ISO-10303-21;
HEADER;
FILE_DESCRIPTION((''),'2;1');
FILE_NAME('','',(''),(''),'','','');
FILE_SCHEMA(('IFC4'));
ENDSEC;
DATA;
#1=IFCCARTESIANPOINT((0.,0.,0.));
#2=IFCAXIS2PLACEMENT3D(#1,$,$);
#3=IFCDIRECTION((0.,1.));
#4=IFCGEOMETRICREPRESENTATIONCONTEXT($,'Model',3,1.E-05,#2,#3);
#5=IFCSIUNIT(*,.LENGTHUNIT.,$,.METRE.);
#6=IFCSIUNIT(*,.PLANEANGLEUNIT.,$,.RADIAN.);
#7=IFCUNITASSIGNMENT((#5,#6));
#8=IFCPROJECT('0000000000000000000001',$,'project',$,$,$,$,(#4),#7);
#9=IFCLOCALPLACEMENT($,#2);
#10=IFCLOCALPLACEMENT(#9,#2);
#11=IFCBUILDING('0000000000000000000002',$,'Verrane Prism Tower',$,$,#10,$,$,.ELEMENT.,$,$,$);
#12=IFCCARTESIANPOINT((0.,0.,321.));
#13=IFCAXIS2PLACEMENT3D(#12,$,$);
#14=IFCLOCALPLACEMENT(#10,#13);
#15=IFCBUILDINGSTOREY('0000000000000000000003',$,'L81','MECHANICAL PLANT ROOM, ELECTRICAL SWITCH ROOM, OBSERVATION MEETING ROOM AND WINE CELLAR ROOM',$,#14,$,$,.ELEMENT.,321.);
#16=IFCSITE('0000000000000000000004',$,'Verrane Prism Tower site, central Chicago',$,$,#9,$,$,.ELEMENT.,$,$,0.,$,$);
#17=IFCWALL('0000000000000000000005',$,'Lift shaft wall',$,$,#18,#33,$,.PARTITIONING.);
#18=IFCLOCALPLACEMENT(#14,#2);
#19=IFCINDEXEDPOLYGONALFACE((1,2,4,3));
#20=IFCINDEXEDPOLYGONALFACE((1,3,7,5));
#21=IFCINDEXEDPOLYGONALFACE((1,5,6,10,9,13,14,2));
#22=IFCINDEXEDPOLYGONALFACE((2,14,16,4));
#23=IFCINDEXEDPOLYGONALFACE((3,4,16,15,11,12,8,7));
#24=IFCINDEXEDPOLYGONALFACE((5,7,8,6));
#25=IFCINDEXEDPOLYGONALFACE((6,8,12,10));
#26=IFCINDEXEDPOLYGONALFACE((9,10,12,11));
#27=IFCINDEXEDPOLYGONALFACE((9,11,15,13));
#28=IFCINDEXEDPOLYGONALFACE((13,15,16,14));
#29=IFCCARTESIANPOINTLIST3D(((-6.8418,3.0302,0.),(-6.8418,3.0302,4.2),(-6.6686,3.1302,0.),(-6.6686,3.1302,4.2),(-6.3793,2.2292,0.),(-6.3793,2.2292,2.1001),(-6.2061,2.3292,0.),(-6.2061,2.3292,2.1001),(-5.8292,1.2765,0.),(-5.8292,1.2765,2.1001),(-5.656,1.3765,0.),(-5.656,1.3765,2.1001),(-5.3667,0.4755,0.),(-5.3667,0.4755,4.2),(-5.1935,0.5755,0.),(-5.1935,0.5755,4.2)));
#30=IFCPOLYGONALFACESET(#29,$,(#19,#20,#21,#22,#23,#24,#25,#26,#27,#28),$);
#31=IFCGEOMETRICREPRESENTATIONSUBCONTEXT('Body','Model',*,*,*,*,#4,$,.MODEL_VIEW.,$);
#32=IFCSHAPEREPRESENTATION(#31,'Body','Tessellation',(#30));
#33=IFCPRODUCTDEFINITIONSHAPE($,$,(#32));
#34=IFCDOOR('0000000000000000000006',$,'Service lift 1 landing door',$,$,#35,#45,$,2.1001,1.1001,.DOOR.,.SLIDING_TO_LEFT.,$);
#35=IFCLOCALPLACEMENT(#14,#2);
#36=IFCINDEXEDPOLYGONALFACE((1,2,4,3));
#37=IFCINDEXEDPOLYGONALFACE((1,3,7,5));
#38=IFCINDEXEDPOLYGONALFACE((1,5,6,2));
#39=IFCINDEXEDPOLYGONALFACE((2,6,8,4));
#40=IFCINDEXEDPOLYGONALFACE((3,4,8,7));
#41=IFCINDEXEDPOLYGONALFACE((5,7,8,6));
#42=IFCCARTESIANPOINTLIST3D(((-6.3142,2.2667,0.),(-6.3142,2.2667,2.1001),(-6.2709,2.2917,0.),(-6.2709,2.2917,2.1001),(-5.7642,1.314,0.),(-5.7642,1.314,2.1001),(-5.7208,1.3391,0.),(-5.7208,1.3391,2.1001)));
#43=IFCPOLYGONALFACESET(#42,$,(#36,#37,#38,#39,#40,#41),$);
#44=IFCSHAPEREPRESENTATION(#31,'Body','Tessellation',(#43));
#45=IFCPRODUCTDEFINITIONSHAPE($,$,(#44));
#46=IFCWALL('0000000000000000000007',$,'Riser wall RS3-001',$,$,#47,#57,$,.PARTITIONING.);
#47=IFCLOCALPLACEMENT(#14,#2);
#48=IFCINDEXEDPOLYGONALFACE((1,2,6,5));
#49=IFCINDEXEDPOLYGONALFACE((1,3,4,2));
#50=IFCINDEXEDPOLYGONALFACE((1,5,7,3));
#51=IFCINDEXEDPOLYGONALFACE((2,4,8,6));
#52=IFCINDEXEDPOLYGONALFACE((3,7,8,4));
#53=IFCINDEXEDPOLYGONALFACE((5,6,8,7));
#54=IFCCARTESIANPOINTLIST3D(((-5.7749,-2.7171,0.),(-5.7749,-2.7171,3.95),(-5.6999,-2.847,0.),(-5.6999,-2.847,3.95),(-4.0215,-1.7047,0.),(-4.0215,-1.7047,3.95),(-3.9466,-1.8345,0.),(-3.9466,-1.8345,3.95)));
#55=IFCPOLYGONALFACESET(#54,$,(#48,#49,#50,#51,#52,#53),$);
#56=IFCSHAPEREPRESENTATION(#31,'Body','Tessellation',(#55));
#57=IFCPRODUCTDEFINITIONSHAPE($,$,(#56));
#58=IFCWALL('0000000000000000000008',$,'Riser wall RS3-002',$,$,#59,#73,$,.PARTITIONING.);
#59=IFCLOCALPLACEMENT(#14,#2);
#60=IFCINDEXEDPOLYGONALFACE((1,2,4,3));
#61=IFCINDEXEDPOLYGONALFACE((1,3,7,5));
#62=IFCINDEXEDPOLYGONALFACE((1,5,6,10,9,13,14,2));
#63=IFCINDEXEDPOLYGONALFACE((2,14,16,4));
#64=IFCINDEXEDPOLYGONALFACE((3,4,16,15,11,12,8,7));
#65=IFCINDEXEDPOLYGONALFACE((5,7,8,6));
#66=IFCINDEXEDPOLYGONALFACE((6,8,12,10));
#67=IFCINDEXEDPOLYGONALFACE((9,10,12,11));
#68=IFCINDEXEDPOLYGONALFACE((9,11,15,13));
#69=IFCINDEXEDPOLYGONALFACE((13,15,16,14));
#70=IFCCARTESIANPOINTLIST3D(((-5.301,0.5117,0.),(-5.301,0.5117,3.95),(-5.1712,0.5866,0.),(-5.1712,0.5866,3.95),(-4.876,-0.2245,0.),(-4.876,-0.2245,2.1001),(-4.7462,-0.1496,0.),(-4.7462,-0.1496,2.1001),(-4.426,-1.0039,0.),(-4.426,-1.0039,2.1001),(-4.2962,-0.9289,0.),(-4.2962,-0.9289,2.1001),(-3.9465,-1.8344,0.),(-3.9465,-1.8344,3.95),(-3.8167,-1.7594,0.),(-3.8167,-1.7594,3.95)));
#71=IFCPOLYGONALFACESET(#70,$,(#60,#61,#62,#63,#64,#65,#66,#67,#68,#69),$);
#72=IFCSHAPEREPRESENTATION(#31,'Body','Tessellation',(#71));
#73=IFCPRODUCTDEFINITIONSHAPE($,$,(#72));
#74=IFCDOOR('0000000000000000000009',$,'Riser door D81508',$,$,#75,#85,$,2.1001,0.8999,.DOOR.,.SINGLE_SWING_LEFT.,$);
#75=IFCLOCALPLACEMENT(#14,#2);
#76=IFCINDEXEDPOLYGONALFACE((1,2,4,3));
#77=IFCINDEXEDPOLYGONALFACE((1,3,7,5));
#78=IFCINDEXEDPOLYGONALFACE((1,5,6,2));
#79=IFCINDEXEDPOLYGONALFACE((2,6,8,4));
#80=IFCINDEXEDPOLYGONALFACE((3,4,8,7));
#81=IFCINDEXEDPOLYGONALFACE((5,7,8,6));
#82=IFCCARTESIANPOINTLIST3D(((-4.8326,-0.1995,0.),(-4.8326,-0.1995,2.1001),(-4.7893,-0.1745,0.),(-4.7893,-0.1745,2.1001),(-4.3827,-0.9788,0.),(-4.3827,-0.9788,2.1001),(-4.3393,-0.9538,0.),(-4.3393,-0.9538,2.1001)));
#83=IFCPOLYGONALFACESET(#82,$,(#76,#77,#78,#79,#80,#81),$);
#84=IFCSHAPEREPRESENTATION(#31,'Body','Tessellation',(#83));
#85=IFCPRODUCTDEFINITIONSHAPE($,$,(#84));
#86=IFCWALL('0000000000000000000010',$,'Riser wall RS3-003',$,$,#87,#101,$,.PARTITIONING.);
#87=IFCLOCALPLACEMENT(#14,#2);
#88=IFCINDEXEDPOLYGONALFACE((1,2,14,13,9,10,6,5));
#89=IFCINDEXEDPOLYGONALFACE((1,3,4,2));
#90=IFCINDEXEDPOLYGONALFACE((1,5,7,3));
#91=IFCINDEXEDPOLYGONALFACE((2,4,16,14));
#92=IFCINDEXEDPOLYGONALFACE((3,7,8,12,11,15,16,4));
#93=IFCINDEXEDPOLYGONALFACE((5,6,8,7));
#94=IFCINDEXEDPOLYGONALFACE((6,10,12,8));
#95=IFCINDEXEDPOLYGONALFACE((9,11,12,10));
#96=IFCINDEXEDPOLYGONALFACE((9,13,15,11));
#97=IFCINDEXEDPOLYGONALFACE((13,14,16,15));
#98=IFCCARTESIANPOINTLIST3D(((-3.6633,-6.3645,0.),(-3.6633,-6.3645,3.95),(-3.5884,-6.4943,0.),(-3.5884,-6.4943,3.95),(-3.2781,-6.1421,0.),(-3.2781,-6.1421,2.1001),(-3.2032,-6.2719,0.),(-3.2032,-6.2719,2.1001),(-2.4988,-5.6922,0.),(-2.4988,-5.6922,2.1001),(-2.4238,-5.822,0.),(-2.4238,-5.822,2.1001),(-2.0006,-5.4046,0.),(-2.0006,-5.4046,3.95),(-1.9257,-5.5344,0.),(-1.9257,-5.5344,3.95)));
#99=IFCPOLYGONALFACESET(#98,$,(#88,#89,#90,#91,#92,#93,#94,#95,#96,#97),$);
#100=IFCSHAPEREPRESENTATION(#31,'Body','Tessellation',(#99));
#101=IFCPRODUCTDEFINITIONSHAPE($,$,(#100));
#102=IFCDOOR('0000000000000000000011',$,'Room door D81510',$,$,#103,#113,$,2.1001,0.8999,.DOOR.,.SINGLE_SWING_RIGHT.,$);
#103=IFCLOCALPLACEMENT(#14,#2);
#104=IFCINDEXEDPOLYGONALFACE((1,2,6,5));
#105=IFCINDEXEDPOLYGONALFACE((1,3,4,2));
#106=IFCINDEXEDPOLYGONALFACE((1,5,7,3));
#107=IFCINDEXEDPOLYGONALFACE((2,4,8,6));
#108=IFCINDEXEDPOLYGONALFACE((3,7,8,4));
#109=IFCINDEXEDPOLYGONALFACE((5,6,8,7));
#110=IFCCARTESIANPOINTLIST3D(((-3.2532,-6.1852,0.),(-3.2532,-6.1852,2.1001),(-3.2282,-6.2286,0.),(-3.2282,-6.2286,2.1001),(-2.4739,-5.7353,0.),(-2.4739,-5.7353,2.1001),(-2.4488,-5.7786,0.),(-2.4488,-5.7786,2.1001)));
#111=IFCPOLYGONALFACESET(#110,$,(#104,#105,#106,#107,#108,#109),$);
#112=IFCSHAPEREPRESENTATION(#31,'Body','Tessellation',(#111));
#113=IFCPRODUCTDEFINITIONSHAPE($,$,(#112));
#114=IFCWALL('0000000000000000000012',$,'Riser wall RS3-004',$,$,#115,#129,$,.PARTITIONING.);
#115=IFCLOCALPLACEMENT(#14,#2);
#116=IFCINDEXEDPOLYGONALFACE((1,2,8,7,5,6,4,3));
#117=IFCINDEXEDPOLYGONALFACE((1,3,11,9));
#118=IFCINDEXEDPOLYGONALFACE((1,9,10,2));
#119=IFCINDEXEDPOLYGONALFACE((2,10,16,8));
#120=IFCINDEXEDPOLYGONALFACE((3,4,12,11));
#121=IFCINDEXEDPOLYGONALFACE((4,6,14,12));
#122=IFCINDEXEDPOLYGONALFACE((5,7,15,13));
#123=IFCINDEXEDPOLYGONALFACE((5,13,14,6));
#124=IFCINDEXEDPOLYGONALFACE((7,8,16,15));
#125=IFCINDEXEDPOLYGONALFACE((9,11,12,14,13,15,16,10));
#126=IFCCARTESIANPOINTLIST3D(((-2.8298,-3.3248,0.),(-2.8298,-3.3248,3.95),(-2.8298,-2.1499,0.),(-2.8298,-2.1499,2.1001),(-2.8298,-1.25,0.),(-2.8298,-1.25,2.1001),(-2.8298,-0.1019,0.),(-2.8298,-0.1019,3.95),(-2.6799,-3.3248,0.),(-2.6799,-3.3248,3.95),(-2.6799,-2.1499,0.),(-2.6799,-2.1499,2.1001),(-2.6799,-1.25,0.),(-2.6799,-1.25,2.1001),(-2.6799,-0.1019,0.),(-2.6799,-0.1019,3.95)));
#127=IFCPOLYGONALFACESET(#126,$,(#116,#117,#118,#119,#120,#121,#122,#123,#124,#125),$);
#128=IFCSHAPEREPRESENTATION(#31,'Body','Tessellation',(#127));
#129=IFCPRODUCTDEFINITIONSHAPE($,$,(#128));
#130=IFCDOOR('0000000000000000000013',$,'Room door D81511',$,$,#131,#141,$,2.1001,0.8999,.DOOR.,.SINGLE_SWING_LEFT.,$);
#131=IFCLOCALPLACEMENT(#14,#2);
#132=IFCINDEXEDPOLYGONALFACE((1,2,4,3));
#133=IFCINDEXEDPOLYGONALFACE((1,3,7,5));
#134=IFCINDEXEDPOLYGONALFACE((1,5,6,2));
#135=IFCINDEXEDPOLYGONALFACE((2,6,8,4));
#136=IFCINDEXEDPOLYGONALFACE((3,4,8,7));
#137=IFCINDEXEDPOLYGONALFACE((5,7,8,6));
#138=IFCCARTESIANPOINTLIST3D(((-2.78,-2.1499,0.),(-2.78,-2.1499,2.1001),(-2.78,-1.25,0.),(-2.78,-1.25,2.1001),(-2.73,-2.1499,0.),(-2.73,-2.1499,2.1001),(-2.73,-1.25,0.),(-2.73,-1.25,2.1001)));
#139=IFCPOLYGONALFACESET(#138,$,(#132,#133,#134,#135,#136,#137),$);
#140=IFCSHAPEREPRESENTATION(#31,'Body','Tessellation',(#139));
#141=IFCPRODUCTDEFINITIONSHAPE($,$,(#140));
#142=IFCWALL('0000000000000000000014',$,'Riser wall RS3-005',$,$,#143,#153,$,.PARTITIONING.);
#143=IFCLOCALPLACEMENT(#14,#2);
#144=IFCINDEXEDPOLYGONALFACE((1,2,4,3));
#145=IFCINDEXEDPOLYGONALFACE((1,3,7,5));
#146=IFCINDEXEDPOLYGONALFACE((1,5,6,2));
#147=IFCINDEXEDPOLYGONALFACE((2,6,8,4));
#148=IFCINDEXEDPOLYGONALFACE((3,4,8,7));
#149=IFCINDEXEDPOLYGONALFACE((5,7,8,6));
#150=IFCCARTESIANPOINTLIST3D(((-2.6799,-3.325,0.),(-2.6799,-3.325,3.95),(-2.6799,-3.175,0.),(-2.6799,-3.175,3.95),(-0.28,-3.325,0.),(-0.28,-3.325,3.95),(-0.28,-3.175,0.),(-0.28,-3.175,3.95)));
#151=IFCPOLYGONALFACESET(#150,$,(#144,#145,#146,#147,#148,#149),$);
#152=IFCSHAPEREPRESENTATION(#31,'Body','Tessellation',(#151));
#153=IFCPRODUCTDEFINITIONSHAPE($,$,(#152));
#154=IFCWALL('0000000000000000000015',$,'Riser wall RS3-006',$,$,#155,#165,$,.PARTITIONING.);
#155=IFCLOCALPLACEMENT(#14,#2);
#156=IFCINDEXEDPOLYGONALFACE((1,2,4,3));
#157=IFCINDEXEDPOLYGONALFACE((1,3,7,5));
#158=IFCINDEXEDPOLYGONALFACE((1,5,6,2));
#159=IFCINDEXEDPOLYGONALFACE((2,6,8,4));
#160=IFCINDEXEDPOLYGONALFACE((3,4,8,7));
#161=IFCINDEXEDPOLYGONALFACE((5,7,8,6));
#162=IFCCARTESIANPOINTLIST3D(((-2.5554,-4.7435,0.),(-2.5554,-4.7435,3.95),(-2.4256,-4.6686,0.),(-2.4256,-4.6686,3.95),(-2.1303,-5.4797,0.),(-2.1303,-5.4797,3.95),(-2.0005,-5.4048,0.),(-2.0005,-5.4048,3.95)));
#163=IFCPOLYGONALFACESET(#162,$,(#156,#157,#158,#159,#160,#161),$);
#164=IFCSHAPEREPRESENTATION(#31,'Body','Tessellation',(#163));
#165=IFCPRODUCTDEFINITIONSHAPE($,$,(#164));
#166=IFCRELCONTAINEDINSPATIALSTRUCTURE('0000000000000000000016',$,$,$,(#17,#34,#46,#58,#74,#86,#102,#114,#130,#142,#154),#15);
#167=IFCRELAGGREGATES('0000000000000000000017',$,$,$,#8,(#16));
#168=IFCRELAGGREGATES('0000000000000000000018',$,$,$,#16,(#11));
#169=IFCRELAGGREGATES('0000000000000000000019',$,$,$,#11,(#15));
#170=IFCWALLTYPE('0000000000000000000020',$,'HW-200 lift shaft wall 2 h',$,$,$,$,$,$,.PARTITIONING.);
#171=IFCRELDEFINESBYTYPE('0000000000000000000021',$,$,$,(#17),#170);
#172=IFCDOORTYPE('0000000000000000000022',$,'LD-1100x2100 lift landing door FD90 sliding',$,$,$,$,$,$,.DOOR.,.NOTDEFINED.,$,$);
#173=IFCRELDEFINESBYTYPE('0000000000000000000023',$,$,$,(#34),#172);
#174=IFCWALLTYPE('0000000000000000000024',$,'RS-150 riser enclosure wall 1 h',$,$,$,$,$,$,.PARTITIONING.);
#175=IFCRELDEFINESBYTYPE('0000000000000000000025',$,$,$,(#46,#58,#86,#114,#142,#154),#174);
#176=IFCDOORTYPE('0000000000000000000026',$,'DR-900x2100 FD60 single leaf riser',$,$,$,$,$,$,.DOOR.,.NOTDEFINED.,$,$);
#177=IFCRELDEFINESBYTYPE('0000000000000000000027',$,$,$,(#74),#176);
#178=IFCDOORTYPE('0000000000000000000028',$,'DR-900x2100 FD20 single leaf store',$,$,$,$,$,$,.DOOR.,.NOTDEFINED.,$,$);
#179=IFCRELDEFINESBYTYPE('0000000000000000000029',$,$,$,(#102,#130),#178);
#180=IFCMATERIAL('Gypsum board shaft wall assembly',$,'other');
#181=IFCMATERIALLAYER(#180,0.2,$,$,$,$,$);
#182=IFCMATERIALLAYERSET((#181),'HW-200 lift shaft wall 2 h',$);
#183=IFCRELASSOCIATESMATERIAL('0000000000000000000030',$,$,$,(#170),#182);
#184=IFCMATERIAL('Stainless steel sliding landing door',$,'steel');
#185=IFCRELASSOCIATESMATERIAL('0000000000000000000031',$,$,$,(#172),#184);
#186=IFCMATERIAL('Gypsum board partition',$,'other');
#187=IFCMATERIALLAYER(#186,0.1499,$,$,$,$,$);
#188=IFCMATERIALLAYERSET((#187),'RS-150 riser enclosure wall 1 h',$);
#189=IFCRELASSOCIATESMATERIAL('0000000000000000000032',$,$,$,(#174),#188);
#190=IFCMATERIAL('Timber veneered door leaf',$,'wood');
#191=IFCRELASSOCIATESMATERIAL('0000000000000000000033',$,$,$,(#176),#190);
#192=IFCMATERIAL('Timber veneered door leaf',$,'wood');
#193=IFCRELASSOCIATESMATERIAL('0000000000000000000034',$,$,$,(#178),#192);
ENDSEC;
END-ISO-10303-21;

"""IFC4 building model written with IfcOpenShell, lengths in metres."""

from ifc_helpers import new_model, si_unit, direction, frame, frame_2d, origin, place, context, subcontext, project, spatial, rectangle, extrude, material, layer, layer_set, type_object, element, fill, save


model = new_model("IFC4")

# Units and contexts
model_context = context("Model", 3, precision=1e-05, world=origin(), true_north=direction((0.0, 1.0)))
body_context = subcontext(model_context, "Body", "Model", "MODEL_VIEW")
ifc_project = project(units=[si_unit("LENGTHUNIT", "METRE"), si_unit("PLANEANGLEUNIT", "RADIAN")], contexts=[model_context])

# Site, building, storey
site_placement = place(None, origin())
site = spatial("IfcSite", under=ifc_project, at=site_placement, Name="Verrane Prism Tower site, central Chicago", CompositionType="ELEMENT", RefElevation=0.0)
building_placement = place(site_placement, origin())
building = spatial("IfcBuilding", under=site, at=building_placement, Name="Verrane Prism Tower", CompositionType="ELEMENT")
storey_placement = place(building_placement, frame((0.0, 0.0, 321.0)))
storey = spatial("IfcBuildingStorey", under=building, at=storey_placement, Name="L81", Description="MECHANICAL PLANT ROOM, ELECTRICAL SWITCH ROOM, OBSERVATION MEETING ROOM AND WINE CELLAR ROOM", CompositionType="ELEMENT", Elevation=321.0)

# Shared definitions
ifc_material_1 = material(Name="Gypsum board shaft wall assembly", Category="other")
ifc_layer_1 = layer(ifc_material_1, 0.2)
ifc_layer_set_1 = layer_set([ifc_layer_1], Name="HW-200 lift shaft wall 2 h")
wall_type_1 = type_object("IfcWallType", Name="HW-200 lift shaft wall 2 h", PredefinedType="PARTITIONING", material=ifc_layer_set_1)

# Wall, opening, door
wall_1_placement = place(storey_placement, frame((-5.28, 0.5254, 0.0), z_axis=(0.0, 0.0, 1.0), x_axis=(-0.500038, 0.866004, 0.0)))
wall_1 = element("IfcWall", 1, at=wall_1_placement, inside=storey, type_object=wall_type_1, Name="Lift shaft wall", PredefinedType="PARTITIONING", context=body_context, shape_type="SweptSolid", body=[
    extrude(rectangle(XDim=2.95, YDim=0.2, at=frame_2d((1.4751, 0.0))), origin(), (0.0, 0.0, 1.0), 4.2),
])
opening_1_placement = place(wall_1_placement, frame((0.925, 0.0, 0.0)))
opening_1 = element("IfcOpeningElement", 2, at=opening_1_placement, cuts=wall_1, PredefinedType="OPENING", context=body_context, shape_type="SweptSolid", body=[
    extrude(rectangle(XDim=1.1001, YDim=2.1001, at=frame_2d((0.55, 1.05))), frame((0.0, 0.1099, 0.0), z_axis=(0.0, -1.0, 0.0), x_axis=(1.0, 0.0, 0.0)), (0.0, 0.0, 1.0), 0.22),
])
ifc_material_2 = material(Name="Stainless steel sliding landing door", Category="steel")
door_type_1 = type_object("IfcDoorType", Name="LD-1100x2100 lift landing door FD90 sliding", OperationType="NOTDEFINED", PredefinedType="DOOR", material=ifc_material_2)
door_1_placement = place(opening_1_placement, origin())
door_1 = element("IfcDoor", 3, at=door_1_placement, inside=storey, type_object=door_type_1, Name="Service lift 1 landing door", OperationType="SLIDING_TO_LEFT", OverallHeight=2.1001, OverallWidth=1.1001, PredefinedType="DOOR", context=body_context, shape_type="SweptSolid", body=[
    extrude(rectangle(XDim=1.1001, YDim=2.1001, at=frame_2d((0.55, 1.05))), frame((0.0, 0.0249, 0.0), z_axis=(0.0, -1.0, 0.0), x_axis=(1.0, 0.0, 0.0)), (0.0, 0.0, 1.0), 0.05),
])
fill(opening_1, door_1)

# Wall
ifc_material_3 = material(Name="Gypsum board partition", Category="other")
ifc_layer_2 = layer(ifc_material_3, 0.1499)
ifc_layer_set_2 = layer_set([ifc_layer_2], Name="RS-150 riser enclosure wall 1 h")
wall_type_2 = type_object("IfcWallType", Name="RS-150 riser enclosure wall 1 h", PredefinedType="PARTITIONING", material=ifc_layer_set_2)
wall_2_placement = place(storey_placement, frame((-5.7373, -2.782, 0.0), z_axis=(0.0, 0.0, 1.0), x_axis=(0.866001, 0.500043, 0.0)))
element("IfcWall", 4, at=wall_2_placement, inside=storey, type_object=wall_type_2, Name="Riser wall RS3-001", PredefinedType="PARTITIONING", context=body_context, shape_type="SweptSolid", body=[
    extrude(rectangle(XDim=2.0247, YDim=0.1499, at=frame_2d((1.0122, 0.0))), origin(), (0.0, 0.0, 1.0), 3.95),
])

# Walls, openings, doors
wall_3_placement = place(storey_placement, frame((-3.8816, -1.7969, 0.0), z_axis=(0.0, 0.0, 1.0), x_axis=(-0.500016, 0.866016, 0.0)))
wall_3 = element("IfcWall", 5, at=wall_3_placement, inside=storey, type_object=wall_type_2, Name="Riser wall RS3-002", PredefinedType="PARTITIONING", context=body_context, shape_type="SweptSolid", body=[
    extrude(rectangle(XDim=2.709, YDim=0.1499, at=frame_2d((1.3545, 0.0))), origin(), (0.0, 0.0, 1.0), 3.95),
])
opening_2_placement = place(wall_3_placement, frame((0.959, 0.0, 0.0)))
opening_2 = element("IfcOpeningElement", 6, at=opening_2_placement, cuts=wall_3, PredefinedType="OPENING", context=body_context, shape_type="SweptSolid", body=[
    extrude(rectangle(XDim=0.8999, YDim=2.1001, at=frame_2d((0.45, 1.05))), frame((0.0, 0.085, 0.0), z_axis=(0.0, -1.0, 0.0), x_axis=(1.0, 0.0, 0.0)), (0.0, 0.0, 1.0), 0.1699),
])
ifc_material_4 = material(Name="Timber veneered door leaf", Category="wood")
door_type_2 = type_object("IfcDoorType", Name="DR-900x2100 FD60 single leaf riser", OperationType="NOTDEFINED", PredefinedType="DOOR", material=ifc_material_4)
door_2_placement = place(opening_2_placement, origin())
door_2 = element("IfcDoor", 7, at=door_2_placement, inside=storey, type_object=door_type_2, Name="Riser door D81508", OperationType="SINGLE_SWING_LEFT", OverallHeight=2.1001, OverallWidth=0.8999, PredefinedType="DOOR", context=body_context, shape_type="SweptSolid", body=[
    extrude(rectangle(XDim=0.8999, YDim=2.1001, at=frame_2d((0.45, 1.05))), frame((0.0, 0.0249, 0.0), z_axis=(0.0, -1.0, 0.0), x_axis=(1.0, 0.0, 0.0)), (0.0, 0.0, 1.0), 0.05),
])
fill(opening_2, door_2)
wall_4_placement = place(storey_placement, frame((-1.9631, -5.4695, 0.0), z_axis=(0.0, 0.0, 1.0), x_axis=(-0.866044, -0.499968, 0.0)))
wall_4 = element("IfcWall", 8, at=wall_4_placement, inside=storey, type_object=wall_type_2, Name="Riser wall RS3-003", PredefinedType="PARTITIONING", context=body_context, shape_type="SweptSolid", body=[
    extrude(rectangle(XDim=1.9199, YDim=0.1499, at=frame_2d((0.96, 0.0))), origin(), (0.0, 0.0, 1.0), 3.95),
])
opening_3_placement = place(wall_4_placement, frame((0.5752, 0.0, 0.0)))
opening_3 = element("IfcOpeningElement", 9, at=opening_3_placement, cuts=wall_4, PredefinedType="OPENING", context=body_context, shape_type="SweptSolid", body=[
    extrude(rectangle(XDim=0.8999, YDim=2.1001, at=frame_2d((0.45, 1.05))), frame((0.0, 0.085, 0.0), z_axis=(0.0, -1.0, 0.0), x_axis=(1.0, 0.0, 0.0)), (0.0, 0.0, 1.0), 0.1699),
])
ifc_material_5 = material(Name="Timber veneered door leaf", Category="wood")
door_type_3 = type_object("IfcDoorType", Name="DR-900x2100 FD20 single leaf store", OperationType="NOTDEFINED", PredefinedType="DOOR", material=ifc_material_5)
door_3_placement = place(opening_3_placement, origin())
door_3 = element("IfcDoor", 10, at=door_3_placement, inside=storey, type_object=door_type_3, Name="Room door D81510", OperationType="SINGLE_SWING_RIGHT", OverallHeight=2.1001, OverallWidth=0.8999, PredefinedType="DOOR", context=body_context, shape_type="SweptSolid", body=[
    extrude(rectangle(XDim=0.8999, YDim=2.1001, at=frame_2d((0.45, 1.05))), frame((0.0, 0.0249, 0.0), z_axis=(0.0, -1.0, 0.0), x_axis=(1.0, 0.0, 0.0)), (0.0, 0.0, 1.0), 0.05),
])
fill(opening_3, door_3)
wall_5_placement = place(storey_placement, frame((-2.7549, -0.1021, 0.0), z_axis=(0.0, 0.0, 1.0), x_axis=(0.0, -1.0, 0.0)))
wall_5 = element("IfcWall", 11, at=wall_5_placement, inside=storey, type_object=wall_type_2, Name="Riser wall RS3-004", PredefinedType="PARTITIONING", context=body_context, shape_type="SweptSolid", body=[
    extrude(rectangle(XDim=3.2229, YDim=0.1499, at=frame_2d((1.6113, 0.0))), origin(), (0.0, 0.0, 1.0), 3.95),
])
opening_4_placement = place(wall_5_placement, frame((1.1479, 0.0, 0.0)))
opening_4 = element("IfcOpeningElement", 12, at=opening_4_placement, cuts=wall_5, PredefinedType="OPENING", context=body_context, shape_type="SweptSolid", body=[
    extrude(rectangle(XDim=0.8999, YDim=2.1001, at=frame_2d((0.45, 1.05))), frame((0.0, 0.085, 0.0), z_axis=(0.0, -1.0, 0.0), x_axis=(1.0, 0.0, 0.0)), (0.0, 0.0, 1.0), 0.1699),
])
door_4_placement = place(opening_4_placement, origin())
door_4 = element("IfcDoor", 13, at=door_4_placement, inside=storey, type_object=door_type_3, Name="Room door D81511", OperationType="SINGLE_SWING_LEFT", OverallHeight=2.1001, OverallWidth=0.8999, PredefinedType="DOOR", context=body_context, shape_type="SweptSolid", body=[
    extrude(rectangle(XDim=0.8999, YDim=2.1001, at=frame_2d((0.45, 1.05))), frame((0.0, 0.0249, 0.0), z_axis=(0.0, -1.0, 0.0), x_axis=(1.0, 0.0, 0.0)), (0.0, 0.0, 1.0), 0.05),
])
fill(opening_4, door_4)

# Walls
wall_6_placement = place(storey_placement, frame((-2.6799, -3.25, 0.0), z_axis=(0.0, 0.0, 1.0), x_axis=(1.0, 0.0, 0.0)))
element("IfcWall", 14, at=wall_6_placement, inside=storey, type_object=wall_type_2, Name="Riser wall RS3-005", PredefinedType="PARTITIONING", context=body_context, shape_type="SweptSolid", body=[
    extrude(rectangle(XDim=2.3999, YDim=0.1499, at=frame_2d((1.2, 0.0))), origin(), (0.0, 0.0, 1.0), 3.95),
])
wall_7_placement = place(storey_placement, frame((-2.4905, -4.7061, 0.0), z_axis=(0.0, 0.0, 1.0), x_axis=(0.500062, -0.865989, 0.0)))
element("IfcWall", 15, at=wall_7_placement, inside=storey, type_object=wall_type_2, Name="Riser wall RS3-006", PredefinedType="PARTITIONING", context=body_context, shape_type="SweptSolid", body=[
    extrude(rectangle(XDim=0.8501, YDim=0.1499, at=frame_2d((0.425, 0.0))), origin(), (0.0, 0.0, 1.0), 3.95),
])

save(model, "model.ifc")
